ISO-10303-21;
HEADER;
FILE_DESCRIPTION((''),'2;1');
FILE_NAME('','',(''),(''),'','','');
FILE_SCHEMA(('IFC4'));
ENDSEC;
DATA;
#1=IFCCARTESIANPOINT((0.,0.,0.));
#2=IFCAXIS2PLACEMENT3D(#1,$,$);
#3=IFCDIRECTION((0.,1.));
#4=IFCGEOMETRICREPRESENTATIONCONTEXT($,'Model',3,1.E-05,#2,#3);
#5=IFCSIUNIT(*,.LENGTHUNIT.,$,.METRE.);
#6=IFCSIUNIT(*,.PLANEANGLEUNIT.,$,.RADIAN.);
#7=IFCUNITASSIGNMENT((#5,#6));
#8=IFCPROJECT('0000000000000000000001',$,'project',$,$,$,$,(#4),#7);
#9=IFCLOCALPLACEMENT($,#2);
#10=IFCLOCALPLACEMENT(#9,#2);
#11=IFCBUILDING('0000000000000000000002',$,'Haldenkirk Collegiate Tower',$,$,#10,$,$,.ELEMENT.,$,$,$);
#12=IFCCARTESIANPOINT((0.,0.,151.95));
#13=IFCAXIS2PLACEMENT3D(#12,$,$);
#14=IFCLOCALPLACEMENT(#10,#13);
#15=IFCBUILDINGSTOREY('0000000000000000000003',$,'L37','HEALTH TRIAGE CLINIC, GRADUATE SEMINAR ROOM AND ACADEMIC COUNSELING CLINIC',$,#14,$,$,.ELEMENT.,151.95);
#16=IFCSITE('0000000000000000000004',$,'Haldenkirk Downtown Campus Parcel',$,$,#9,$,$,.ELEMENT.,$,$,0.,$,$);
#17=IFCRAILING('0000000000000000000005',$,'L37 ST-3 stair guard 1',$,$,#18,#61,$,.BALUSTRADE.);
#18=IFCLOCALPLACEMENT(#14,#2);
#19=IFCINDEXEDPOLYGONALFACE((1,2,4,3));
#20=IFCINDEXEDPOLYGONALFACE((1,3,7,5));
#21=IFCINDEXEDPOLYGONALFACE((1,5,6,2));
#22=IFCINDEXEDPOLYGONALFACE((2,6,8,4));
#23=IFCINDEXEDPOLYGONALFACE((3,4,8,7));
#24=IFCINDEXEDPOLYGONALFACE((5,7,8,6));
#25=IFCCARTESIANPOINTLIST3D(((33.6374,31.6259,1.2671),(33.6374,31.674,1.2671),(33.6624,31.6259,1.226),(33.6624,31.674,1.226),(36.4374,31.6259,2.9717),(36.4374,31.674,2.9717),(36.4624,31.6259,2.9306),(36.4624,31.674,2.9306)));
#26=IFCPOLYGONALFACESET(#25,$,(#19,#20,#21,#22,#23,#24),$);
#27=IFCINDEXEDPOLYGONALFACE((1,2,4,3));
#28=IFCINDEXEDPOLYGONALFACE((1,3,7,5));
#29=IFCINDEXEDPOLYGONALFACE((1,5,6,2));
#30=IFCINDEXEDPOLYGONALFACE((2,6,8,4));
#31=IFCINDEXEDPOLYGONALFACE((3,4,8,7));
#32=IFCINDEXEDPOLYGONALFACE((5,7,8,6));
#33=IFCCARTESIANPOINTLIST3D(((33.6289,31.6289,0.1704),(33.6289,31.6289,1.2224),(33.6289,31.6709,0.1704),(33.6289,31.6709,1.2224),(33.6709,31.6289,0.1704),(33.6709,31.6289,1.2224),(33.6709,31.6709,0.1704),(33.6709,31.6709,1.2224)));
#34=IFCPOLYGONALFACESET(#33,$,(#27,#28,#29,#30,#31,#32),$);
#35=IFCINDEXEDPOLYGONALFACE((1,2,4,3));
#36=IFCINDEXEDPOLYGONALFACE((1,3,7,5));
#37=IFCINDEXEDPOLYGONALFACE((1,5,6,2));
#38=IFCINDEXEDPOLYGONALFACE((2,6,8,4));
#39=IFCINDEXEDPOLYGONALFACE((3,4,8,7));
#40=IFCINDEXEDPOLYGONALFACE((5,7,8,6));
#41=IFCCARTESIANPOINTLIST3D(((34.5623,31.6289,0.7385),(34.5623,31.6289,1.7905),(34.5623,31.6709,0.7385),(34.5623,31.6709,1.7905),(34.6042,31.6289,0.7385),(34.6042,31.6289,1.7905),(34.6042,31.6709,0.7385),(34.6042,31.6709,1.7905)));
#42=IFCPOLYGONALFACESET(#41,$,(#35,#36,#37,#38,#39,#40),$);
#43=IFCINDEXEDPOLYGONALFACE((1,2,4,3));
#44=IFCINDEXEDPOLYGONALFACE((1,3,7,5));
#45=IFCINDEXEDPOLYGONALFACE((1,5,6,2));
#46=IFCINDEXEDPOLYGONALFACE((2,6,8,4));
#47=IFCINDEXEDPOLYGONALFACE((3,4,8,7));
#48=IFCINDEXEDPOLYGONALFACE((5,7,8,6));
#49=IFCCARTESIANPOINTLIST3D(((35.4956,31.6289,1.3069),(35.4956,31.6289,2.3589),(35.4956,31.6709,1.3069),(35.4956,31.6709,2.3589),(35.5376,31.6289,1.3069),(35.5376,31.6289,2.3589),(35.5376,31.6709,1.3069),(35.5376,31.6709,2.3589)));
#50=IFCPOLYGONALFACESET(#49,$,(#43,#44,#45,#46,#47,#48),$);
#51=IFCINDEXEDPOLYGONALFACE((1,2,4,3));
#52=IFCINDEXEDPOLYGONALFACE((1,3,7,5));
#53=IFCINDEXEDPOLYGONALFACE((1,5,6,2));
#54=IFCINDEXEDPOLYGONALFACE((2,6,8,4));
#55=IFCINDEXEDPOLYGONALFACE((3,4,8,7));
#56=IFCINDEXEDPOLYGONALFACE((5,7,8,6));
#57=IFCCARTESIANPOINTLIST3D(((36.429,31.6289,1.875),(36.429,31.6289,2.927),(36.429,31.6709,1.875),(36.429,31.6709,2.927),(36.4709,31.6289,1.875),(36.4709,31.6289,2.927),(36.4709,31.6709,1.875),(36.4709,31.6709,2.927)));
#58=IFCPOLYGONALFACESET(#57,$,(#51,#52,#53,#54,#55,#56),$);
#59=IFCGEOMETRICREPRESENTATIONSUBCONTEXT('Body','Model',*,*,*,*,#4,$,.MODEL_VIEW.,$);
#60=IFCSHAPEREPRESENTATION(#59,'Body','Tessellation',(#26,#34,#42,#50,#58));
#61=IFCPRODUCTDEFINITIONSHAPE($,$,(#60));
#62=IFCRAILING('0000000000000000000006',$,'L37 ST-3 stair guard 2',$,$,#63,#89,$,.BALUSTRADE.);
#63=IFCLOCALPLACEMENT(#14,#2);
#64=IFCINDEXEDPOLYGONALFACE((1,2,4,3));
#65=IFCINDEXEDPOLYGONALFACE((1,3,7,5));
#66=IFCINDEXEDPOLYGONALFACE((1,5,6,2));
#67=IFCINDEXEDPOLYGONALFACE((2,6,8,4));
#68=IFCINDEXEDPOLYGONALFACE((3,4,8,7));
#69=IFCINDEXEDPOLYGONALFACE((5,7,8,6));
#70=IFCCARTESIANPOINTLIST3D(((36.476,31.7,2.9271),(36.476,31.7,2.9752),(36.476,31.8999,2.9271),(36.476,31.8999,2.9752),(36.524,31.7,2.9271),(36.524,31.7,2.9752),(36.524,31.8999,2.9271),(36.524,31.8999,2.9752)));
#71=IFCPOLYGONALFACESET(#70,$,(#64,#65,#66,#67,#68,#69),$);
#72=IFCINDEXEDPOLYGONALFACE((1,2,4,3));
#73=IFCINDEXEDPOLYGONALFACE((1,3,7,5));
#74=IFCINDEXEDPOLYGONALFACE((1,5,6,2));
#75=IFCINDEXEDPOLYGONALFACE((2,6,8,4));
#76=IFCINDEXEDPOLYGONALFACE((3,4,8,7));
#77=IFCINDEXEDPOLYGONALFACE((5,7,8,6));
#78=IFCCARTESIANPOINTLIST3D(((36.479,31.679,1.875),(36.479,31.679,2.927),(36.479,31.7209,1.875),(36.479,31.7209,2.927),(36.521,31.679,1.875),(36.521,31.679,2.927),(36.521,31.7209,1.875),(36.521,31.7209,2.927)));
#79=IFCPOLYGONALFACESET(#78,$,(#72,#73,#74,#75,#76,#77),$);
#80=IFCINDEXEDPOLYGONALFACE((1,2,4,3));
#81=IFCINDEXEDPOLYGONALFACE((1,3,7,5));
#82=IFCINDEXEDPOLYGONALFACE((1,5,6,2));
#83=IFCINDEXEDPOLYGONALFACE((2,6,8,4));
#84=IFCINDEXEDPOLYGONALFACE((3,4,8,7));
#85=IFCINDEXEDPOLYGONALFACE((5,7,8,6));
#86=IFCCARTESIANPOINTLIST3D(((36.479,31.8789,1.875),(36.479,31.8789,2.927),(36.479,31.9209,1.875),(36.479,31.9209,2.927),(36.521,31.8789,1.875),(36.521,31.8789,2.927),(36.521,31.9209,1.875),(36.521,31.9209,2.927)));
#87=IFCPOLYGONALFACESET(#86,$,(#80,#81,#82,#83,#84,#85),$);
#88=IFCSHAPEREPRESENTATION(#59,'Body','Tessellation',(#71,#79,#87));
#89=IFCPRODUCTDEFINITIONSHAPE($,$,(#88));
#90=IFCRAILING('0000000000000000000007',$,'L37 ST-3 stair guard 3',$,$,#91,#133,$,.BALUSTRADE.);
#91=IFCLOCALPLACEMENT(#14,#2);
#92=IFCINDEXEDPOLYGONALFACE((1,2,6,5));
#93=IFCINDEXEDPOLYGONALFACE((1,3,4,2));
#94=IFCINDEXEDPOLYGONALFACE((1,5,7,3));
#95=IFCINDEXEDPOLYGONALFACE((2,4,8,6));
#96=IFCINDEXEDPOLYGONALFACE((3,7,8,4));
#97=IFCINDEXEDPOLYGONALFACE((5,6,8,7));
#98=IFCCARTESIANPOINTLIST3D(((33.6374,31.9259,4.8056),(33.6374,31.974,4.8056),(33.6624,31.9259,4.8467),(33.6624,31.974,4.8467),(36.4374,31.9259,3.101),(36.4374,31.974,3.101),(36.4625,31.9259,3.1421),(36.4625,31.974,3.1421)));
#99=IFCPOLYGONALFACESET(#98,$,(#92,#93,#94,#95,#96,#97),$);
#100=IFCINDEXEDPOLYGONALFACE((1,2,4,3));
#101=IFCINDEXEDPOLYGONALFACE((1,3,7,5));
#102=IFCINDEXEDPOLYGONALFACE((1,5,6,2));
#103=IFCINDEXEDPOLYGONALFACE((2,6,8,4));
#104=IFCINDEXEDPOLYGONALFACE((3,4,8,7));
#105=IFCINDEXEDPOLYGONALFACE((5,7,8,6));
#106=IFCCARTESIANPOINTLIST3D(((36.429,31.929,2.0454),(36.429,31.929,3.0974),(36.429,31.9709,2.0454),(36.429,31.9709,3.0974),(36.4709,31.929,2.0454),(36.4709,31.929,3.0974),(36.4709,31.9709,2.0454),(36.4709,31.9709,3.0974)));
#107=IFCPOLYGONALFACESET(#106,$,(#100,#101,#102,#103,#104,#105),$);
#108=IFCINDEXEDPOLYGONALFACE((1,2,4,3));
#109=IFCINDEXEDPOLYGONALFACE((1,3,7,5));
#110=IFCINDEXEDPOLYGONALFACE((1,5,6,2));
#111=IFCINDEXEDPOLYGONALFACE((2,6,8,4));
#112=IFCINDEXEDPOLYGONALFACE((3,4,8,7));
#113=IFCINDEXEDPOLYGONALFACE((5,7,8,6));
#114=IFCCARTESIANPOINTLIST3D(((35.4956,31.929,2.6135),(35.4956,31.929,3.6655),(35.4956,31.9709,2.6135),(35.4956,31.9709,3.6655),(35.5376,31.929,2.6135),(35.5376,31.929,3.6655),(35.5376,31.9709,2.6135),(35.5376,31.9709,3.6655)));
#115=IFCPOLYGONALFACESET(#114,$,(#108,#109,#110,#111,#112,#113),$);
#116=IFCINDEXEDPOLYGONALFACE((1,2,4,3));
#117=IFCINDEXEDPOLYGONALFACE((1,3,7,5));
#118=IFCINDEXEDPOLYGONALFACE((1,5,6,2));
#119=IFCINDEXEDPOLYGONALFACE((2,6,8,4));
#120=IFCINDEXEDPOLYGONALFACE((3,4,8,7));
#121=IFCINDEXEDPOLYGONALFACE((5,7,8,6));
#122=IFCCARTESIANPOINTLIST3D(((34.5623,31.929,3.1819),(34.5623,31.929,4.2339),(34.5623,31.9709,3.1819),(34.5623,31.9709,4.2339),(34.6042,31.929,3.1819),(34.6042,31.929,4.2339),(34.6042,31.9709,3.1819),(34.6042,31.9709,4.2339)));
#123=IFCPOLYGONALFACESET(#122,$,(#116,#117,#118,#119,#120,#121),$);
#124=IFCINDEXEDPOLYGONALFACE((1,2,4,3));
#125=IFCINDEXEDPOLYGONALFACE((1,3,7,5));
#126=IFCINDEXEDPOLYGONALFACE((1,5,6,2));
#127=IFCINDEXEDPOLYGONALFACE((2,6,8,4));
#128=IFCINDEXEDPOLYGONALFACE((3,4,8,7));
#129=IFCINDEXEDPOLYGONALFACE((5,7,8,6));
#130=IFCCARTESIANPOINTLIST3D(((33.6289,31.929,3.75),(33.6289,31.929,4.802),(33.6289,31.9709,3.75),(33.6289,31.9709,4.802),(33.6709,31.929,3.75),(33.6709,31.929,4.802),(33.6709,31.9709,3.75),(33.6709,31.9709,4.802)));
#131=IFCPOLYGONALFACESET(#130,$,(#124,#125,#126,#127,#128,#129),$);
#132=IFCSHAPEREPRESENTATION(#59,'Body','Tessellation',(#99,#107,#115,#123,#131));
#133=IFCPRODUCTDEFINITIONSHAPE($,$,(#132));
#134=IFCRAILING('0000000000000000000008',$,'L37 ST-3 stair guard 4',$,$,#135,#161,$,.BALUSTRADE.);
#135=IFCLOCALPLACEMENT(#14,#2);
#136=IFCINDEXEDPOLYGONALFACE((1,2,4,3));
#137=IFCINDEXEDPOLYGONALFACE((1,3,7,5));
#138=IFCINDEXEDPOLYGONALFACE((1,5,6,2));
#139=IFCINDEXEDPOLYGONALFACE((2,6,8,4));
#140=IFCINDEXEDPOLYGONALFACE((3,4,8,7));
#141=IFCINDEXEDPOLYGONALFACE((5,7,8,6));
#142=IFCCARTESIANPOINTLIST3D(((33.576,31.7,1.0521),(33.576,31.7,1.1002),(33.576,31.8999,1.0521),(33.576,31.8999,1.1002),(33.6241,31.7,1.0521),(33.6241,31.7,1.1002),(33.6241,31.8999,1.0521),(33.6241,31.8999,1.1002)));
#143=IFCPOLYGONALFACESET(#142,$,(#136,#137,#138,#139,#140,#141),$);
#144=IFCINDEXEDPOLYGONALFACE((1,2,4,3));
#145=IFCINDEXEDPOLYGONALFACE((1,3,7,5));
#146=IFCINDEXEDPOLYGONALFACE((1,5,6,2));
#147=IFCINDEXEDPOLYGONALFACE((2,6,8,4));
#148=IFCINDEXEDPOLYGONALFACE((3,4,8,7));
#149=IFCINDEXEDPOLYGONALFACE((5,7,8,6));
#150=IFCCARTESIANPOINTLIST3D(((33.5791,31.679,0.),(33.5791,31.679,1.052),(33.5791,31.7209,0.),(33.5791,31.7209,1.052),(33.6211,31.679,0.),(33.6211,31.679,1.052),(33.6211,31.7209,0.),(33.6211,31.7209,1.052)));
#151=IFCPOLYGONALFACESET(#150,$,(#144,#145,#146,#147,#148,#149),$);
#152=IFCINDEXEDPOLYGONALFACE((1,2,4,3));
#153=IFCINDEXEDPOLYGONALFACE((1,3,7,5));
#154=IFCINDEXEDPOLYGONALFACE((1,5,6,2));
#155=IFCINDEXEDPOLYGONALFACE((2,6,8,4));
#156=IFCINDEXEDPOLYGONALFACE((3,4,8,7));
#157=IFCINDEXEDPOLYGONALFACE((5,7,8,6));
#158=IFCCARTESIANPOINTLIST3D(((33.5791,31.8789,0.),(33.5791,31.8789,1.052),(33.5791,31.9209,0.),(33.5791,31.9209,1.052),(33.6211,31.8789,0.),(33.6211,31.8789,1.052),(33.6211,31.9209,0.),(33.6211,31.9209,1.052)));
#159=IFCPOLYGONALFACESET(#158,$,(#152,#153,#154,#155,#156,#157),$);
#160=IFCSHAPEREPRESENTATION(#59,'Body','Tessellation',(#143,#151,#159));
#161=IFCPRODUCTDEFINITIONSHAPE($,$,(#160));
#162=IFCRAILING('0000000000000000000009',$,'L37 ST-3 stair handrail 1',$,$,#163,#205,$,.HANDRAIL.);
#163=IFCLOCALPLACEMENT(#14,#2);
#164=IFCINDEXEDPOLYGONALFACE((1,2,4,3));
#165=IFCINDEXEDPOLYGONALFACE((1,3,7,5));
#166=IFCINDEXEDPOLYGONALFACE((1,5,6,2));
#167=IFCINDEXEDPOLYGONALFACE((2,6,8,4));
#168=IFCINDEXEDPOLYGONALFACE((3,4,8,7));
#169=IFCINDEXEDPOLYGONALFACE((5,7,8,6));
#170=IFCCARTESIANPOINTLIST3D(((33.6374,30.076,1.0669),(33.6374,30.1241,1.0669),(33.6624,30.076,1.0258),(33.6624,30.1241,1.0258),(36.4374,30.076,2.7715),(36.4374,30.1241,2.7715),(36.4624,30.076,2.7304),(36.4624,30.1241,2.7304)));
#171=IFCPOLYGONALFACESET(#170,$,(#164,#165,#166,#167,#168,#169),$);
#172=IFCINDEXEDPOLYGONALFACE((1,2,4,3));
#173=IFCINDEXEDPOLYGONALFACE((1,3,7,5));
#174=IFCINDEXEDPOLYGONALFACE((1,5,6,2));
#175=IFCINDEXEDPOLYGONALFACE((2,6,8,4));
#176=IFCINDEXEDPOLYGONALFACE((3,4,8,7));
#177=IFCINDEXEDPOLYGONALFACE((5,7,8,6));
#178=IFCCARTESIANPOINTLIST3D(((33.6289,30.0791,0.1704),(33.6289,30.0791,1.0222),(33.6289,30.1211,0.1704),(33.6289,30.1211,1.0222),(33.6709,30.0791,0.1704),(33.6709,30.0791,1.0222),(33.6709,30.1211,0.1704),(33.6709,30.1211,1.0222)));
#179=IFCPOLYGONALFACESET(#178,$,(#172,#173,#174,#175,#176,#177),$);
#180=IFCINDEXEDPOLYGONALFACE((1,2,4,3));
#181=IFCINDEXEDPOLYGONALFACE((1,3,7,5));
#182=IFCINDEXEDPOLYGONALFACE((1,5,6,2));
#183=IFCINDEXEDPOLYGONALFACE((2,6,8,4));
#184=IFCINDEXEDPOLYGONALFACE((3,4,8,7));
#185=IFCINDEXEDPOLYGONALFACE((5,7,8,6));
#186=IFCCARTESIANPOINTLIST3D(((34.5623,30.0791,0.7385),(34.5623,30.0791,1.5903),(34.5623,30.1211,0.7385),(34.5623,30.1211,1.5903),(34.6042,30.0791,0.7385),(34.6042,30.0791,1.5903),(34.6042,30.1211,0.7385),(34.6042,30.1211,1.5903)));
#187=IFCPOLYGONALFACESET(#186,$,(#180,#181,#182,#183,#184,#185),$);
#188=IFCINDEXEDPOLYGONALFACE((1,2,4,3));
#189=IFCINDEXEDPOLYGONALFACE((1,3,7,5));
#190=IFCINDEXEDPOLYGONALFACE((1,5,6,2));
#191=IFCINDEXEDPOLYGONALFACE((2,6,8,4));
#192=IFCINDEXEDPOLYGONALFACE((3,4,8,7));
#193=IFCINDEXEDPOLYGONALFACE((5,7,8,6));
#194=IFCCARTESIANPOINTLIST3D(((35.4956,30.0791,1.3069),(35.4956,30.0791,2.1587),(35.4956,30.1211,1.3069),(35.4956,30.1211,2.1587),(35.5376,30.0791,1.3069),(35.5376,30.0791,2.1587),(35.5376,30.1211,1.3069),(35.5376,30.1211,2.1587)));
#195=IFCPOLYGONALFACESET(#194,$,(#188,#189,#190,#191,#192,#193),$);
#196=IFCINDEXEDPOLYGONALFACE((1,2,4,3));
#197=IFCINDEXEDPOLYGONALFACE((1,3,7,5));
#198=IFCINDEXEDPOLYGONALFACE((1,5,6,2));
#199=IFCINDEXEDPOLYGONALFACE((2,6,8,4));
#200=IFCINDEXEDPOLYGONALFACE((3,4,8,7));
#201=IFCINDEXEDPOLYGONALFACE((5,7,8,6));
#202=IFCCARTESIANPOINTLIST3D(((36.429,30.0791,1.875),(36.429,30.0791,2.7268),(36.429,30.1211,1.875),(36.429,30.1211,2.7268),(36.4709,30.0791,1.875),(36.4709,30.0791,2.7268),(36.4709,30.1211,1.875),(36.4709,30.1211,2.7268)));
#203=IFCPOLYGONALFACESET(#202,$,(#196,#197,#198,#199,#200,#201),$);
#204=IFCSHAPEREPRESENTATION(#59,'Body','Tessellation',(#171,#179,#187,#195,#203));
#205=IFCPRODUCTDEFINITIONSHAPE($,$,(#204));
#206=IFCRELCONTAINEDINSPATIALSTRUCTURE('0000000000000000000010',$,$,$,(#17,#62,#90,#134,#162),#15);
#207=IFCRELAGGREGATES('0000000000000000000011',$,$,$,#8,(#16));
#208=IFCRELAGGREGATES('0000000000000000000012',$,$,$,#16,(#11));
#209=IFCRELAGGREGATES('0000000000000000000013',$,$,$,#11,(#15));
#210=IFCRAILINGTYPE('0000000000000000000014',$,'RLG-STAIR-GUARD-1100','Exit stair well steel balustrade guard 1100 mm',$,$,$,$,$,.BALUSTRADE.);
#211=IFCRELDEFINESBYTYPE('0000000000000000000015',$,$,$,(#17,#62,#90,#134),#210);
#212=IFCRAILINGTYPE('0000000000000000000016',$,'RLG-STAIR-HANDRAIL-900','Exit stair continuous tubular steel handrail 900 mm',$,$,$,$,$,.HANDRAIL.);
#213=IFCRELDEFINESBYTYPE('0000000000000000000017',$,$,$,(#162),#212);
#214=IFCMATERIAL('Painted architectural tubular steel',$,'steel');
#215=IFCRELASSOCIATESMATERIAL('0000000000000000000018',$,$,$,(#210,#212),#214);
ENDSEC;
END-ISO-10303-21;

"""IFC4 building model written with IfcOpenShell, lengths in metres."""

from ifc_helpers import new_model, si_unit, direction, frame, origin, origin_2d, place, context, subcontext, project, spatial, rectangle, extrude, material, type_object, element, save


model = new_model("IFC4")

# Units and contexts
model_context = context("Model", 3, precision=1e-05, world=origin(), true_north=direction((0.0, 1.0)))
body_context = subcontext(model_context, "Body", "Model", "MODEL_VIEW")
ifc_project = project(units=[si_unit("LENGTHUNIT", "METRE"), si_unit("PLANEANGLEUNIT", "RADIAN")], contexts=[model_context])

# Site, building, storey
site_placement = place(None, origin())
site = spatial("IfcSite", under=ifc_project, at=site_placement, Name="Haldenkirk Downtown Campus Parcel", CompositionType="ELEMENT", RefElevation=0.0)
building_placement = place(site_placement, origin())
building = spatial("IfcBuilding", under=site, at=building_placement, Name="Haldenkirk Collegiate Tower", CompositionType="ELEMENT")
storey_placement = place(building_placement, frame((0.0, 0.0, 151.95)))
storey = spatial("IfcBuildingStorey", under=building, at=storey_placement, Name="L37", Description="HEALTH TRIAGE CLINIC, GRADUATE SEMINAR ROOM AND ACADEMIC COUNSELING CLINIC", CompositionType="ELEMENT", Elevation=151.95)

# Railings
ifc_material_1 = material(Name="Painted architectural tubular steel", Category="steel")
railing_type_1 = type_object("IfcRailingType", Name="RLG-STAIR-GUARD-1100", Description="Exit stair well steel balustrade guard 1100 mm", PredefinedType="BALUSTRADE", material=ifc_material_1)
railing_1_placement = place(storey_placement, frame((33.6499, 31.6499, 0.1704)))
element("IfcRailing", 1, at=railing_1_placement, inside=storey, type_object=railing_type_1, Name="L37 ST-3 stair guard 1", PredefinedType="BALUSTRADE", context=body_context, shape_type="SweptSolid", body=[
    extrude(rectangle(XDim=0.0481, YDim=0.0481, at=origin_2d()), frame((0.0, 0.0, 1.0762), z_axis=(0.85417, 0.0, 0.519994), x_axis=(0.0, 1.0, 0.0)), (0.0, 0.0, 1.0), 3.2781),
    extrude(rectangle(XDim=0.042, YDim=0.042, at=origin_2d()), origin(), (0.0, 0.0, 1.0), 1.052),
    extrude(rectangle(XDim=0.042, YDim=0.042, at=origin_2d()), frame((0.9333, 0.0, 0.5681)), (0.0, 0.0, 1.0), 1.052),
    extrude(rectangle(XDim=0.042, YDim=0.042, at=origin_2d()), frame((1.8667, 0.0, 1.1365)), (0.0, 0.0, 1.0), 1.052),
    extrude(rectangle(XDim=0.042, YDim=0.042, at=origin_2d()), frame((2.8, 0.0, 1.7046)), (0.0, 0.0, 1.0), 1.052),
])
railing_2_placement = place(storey_placement, frame((36.5, 31.7, 1.875)))
element("IfcRailing", 2, at=railing_2_placement, inside=storey, type_object=railing_type_1, Name="L37 ST-3 stair guard 2", PredefinedType="BALUSTRADE", context=body_context, shape_type="SweptSolid", body=[
    extrude(rectangle(XDim=0.0481, YDim=0.0481, at=origin_2d()), frame((0.0, 0.0, 1.0762), z_axis=(0.0, 1.0, 0.0), x_axis=(-1.0, 0.0, 0.0)), (0.0, 0.0, 1.0), 0.2),
    extrude(rectangle(XDim=0.042, YDim=0.042, at=origin_2d()), origin(), (0.0, 0.0, 1.0), 1.052),
    extrude(rectangle(XDim=0.042, YDim=0.042, at=origin_2d()), frame((0.0, 0.2, 0.0)), (0.0, 0.0, 1.0), 1.052),
])
railing_3_placement = place(storey_placement, frame((36.45, 31.95, 2.0454)))
element("IfcRailing", 3, at=railing_3_placement, inside=storey, type_object=railing_type_1, Name="L37 ST-3 stair guard 3", PredefinedType="BALUSTRADE", context=body_context, shape_type="SweptSolid", body=[
    extrude(rectangle(XDim=0.0481, YDim=0.0481, at=origin_2d()), frame((0.0, 0.0, 1.0762), z_axis=(-0.85417, 0.0, 0.519994), x_axis=(0.0, -1.0, 0.0)), (0.0, 0.0, 1.0), 3.2781),
    extrude(rectangle(XDim=0.042, YDim=0.042, at=origin_2d()), origin(), (0.0, 0.0, 1.0), 1.052),
    extrude(rectangle(XDim=0.042, YDim=0.042, at=origin_2d()), frame((-0.9333, 0.0, 0.5681)), (0.0, 0.0, 1.0), 1.052),
    extrude(rectangle(XDim=0.042, YDim=0.042, at=origin_2d()), frame((-1.8667, 0.0, 1.1365)), (0.0, 0.0, 1.0), 1.052),
    extrude(rectangle(XDim=0.042, YDim=0.042, at=origin_2d()), frame((-2.8, 0.0, 1.7046)), (0.0, 0.0, 1.0), 1.052),
])
railing_4_placement = place(storey_placement, frame((33.6001, 31.7, 0.0)))
element("IfcRailing", 4, at=railing_4_placement, inside=storey, type_object=railing_type_1, Name="L37 ST-3 stair guard 4", PredefinedType="BALUSTRADE", context=body_context, shape_type="SweptSolid", body=[
    extrude(rectangle(XDim=0.0481, YDim=0.0481, at=origin_2d()), frame((0.0, 0.0, 1.0762), z_axis=(0.0, 1.0, 0.0), x_axis=(-1.0, 0.0, 0.0)), (0.0, 0.0, 1.0), 0.2),
    extrude(rectangle(XDim=0.042, YDim=0.042, at=origin_2d()), origin(), (0.0, 0.0, 1.0), 1.052),
    extrude(rectangle(XDim=0.042, YDim=0.042, at=origin_2d()), frame((0.0, 0.2, 0.0)), (0.0, 0.0, 1.0), 1.052),
])
railing_type_2 = type_object("IfcRailingType", Name="RLG-STAIR-HANDRAIL-900", Description="Exit stair continuous tubular steel handrail 900 mm", PredefinedType="HANDRAIL", material=ifc_material_1)
railing_5_placement = place(storey_placement, frame((33.6499, 30.1001, 0.1704)))
element("IfcRailing", 5, at=railing_5_placement, inside=storey, type_object=railing_type_2, Name="L37 ST-3 stair handrail 1", PredefinedType="HANDRAIL", context=body_context, shape_type="SweptSolid", body=[
    extrude(rectangle(XDim=0.0481, YDim=0.0481, at=origin_2d()), frame((0.0, 0.0, 0.876), z_axis=(0.85417, 0.0, 0.519994), x_axis=(0.0, 1.0, 0.0)), (0.0, 0.0, 1.0), 3.2781),
    extrude(rectangle(XDim=0.042, YDim=0.042, at=origin_2d()), origin(), (0.0, 0.0, 1.0), 0.8518),
    extrude(rectangle(XDim=0.042, YDim=0.042, at=origin_2d()), frame((0.9333, 0.0, 0.5681)), (0.0, 0.0, 1.0), 0.8518),
    extrude(rectangle(XDim=0.042, YDim=0.042, at=origin_2d()), frame((1.8667, 0.0, 1.1365)), (0.0, 0.0, 1.0), 0.8518),
    extrude(rectangle(XDim=0.042, YDim=0.042, at=origin_2d()), frame((2.8, 0.0, 1.7046)), (0.0, 0.0, 1.0), 0.8518),
])

save(model, "model.ifc")
